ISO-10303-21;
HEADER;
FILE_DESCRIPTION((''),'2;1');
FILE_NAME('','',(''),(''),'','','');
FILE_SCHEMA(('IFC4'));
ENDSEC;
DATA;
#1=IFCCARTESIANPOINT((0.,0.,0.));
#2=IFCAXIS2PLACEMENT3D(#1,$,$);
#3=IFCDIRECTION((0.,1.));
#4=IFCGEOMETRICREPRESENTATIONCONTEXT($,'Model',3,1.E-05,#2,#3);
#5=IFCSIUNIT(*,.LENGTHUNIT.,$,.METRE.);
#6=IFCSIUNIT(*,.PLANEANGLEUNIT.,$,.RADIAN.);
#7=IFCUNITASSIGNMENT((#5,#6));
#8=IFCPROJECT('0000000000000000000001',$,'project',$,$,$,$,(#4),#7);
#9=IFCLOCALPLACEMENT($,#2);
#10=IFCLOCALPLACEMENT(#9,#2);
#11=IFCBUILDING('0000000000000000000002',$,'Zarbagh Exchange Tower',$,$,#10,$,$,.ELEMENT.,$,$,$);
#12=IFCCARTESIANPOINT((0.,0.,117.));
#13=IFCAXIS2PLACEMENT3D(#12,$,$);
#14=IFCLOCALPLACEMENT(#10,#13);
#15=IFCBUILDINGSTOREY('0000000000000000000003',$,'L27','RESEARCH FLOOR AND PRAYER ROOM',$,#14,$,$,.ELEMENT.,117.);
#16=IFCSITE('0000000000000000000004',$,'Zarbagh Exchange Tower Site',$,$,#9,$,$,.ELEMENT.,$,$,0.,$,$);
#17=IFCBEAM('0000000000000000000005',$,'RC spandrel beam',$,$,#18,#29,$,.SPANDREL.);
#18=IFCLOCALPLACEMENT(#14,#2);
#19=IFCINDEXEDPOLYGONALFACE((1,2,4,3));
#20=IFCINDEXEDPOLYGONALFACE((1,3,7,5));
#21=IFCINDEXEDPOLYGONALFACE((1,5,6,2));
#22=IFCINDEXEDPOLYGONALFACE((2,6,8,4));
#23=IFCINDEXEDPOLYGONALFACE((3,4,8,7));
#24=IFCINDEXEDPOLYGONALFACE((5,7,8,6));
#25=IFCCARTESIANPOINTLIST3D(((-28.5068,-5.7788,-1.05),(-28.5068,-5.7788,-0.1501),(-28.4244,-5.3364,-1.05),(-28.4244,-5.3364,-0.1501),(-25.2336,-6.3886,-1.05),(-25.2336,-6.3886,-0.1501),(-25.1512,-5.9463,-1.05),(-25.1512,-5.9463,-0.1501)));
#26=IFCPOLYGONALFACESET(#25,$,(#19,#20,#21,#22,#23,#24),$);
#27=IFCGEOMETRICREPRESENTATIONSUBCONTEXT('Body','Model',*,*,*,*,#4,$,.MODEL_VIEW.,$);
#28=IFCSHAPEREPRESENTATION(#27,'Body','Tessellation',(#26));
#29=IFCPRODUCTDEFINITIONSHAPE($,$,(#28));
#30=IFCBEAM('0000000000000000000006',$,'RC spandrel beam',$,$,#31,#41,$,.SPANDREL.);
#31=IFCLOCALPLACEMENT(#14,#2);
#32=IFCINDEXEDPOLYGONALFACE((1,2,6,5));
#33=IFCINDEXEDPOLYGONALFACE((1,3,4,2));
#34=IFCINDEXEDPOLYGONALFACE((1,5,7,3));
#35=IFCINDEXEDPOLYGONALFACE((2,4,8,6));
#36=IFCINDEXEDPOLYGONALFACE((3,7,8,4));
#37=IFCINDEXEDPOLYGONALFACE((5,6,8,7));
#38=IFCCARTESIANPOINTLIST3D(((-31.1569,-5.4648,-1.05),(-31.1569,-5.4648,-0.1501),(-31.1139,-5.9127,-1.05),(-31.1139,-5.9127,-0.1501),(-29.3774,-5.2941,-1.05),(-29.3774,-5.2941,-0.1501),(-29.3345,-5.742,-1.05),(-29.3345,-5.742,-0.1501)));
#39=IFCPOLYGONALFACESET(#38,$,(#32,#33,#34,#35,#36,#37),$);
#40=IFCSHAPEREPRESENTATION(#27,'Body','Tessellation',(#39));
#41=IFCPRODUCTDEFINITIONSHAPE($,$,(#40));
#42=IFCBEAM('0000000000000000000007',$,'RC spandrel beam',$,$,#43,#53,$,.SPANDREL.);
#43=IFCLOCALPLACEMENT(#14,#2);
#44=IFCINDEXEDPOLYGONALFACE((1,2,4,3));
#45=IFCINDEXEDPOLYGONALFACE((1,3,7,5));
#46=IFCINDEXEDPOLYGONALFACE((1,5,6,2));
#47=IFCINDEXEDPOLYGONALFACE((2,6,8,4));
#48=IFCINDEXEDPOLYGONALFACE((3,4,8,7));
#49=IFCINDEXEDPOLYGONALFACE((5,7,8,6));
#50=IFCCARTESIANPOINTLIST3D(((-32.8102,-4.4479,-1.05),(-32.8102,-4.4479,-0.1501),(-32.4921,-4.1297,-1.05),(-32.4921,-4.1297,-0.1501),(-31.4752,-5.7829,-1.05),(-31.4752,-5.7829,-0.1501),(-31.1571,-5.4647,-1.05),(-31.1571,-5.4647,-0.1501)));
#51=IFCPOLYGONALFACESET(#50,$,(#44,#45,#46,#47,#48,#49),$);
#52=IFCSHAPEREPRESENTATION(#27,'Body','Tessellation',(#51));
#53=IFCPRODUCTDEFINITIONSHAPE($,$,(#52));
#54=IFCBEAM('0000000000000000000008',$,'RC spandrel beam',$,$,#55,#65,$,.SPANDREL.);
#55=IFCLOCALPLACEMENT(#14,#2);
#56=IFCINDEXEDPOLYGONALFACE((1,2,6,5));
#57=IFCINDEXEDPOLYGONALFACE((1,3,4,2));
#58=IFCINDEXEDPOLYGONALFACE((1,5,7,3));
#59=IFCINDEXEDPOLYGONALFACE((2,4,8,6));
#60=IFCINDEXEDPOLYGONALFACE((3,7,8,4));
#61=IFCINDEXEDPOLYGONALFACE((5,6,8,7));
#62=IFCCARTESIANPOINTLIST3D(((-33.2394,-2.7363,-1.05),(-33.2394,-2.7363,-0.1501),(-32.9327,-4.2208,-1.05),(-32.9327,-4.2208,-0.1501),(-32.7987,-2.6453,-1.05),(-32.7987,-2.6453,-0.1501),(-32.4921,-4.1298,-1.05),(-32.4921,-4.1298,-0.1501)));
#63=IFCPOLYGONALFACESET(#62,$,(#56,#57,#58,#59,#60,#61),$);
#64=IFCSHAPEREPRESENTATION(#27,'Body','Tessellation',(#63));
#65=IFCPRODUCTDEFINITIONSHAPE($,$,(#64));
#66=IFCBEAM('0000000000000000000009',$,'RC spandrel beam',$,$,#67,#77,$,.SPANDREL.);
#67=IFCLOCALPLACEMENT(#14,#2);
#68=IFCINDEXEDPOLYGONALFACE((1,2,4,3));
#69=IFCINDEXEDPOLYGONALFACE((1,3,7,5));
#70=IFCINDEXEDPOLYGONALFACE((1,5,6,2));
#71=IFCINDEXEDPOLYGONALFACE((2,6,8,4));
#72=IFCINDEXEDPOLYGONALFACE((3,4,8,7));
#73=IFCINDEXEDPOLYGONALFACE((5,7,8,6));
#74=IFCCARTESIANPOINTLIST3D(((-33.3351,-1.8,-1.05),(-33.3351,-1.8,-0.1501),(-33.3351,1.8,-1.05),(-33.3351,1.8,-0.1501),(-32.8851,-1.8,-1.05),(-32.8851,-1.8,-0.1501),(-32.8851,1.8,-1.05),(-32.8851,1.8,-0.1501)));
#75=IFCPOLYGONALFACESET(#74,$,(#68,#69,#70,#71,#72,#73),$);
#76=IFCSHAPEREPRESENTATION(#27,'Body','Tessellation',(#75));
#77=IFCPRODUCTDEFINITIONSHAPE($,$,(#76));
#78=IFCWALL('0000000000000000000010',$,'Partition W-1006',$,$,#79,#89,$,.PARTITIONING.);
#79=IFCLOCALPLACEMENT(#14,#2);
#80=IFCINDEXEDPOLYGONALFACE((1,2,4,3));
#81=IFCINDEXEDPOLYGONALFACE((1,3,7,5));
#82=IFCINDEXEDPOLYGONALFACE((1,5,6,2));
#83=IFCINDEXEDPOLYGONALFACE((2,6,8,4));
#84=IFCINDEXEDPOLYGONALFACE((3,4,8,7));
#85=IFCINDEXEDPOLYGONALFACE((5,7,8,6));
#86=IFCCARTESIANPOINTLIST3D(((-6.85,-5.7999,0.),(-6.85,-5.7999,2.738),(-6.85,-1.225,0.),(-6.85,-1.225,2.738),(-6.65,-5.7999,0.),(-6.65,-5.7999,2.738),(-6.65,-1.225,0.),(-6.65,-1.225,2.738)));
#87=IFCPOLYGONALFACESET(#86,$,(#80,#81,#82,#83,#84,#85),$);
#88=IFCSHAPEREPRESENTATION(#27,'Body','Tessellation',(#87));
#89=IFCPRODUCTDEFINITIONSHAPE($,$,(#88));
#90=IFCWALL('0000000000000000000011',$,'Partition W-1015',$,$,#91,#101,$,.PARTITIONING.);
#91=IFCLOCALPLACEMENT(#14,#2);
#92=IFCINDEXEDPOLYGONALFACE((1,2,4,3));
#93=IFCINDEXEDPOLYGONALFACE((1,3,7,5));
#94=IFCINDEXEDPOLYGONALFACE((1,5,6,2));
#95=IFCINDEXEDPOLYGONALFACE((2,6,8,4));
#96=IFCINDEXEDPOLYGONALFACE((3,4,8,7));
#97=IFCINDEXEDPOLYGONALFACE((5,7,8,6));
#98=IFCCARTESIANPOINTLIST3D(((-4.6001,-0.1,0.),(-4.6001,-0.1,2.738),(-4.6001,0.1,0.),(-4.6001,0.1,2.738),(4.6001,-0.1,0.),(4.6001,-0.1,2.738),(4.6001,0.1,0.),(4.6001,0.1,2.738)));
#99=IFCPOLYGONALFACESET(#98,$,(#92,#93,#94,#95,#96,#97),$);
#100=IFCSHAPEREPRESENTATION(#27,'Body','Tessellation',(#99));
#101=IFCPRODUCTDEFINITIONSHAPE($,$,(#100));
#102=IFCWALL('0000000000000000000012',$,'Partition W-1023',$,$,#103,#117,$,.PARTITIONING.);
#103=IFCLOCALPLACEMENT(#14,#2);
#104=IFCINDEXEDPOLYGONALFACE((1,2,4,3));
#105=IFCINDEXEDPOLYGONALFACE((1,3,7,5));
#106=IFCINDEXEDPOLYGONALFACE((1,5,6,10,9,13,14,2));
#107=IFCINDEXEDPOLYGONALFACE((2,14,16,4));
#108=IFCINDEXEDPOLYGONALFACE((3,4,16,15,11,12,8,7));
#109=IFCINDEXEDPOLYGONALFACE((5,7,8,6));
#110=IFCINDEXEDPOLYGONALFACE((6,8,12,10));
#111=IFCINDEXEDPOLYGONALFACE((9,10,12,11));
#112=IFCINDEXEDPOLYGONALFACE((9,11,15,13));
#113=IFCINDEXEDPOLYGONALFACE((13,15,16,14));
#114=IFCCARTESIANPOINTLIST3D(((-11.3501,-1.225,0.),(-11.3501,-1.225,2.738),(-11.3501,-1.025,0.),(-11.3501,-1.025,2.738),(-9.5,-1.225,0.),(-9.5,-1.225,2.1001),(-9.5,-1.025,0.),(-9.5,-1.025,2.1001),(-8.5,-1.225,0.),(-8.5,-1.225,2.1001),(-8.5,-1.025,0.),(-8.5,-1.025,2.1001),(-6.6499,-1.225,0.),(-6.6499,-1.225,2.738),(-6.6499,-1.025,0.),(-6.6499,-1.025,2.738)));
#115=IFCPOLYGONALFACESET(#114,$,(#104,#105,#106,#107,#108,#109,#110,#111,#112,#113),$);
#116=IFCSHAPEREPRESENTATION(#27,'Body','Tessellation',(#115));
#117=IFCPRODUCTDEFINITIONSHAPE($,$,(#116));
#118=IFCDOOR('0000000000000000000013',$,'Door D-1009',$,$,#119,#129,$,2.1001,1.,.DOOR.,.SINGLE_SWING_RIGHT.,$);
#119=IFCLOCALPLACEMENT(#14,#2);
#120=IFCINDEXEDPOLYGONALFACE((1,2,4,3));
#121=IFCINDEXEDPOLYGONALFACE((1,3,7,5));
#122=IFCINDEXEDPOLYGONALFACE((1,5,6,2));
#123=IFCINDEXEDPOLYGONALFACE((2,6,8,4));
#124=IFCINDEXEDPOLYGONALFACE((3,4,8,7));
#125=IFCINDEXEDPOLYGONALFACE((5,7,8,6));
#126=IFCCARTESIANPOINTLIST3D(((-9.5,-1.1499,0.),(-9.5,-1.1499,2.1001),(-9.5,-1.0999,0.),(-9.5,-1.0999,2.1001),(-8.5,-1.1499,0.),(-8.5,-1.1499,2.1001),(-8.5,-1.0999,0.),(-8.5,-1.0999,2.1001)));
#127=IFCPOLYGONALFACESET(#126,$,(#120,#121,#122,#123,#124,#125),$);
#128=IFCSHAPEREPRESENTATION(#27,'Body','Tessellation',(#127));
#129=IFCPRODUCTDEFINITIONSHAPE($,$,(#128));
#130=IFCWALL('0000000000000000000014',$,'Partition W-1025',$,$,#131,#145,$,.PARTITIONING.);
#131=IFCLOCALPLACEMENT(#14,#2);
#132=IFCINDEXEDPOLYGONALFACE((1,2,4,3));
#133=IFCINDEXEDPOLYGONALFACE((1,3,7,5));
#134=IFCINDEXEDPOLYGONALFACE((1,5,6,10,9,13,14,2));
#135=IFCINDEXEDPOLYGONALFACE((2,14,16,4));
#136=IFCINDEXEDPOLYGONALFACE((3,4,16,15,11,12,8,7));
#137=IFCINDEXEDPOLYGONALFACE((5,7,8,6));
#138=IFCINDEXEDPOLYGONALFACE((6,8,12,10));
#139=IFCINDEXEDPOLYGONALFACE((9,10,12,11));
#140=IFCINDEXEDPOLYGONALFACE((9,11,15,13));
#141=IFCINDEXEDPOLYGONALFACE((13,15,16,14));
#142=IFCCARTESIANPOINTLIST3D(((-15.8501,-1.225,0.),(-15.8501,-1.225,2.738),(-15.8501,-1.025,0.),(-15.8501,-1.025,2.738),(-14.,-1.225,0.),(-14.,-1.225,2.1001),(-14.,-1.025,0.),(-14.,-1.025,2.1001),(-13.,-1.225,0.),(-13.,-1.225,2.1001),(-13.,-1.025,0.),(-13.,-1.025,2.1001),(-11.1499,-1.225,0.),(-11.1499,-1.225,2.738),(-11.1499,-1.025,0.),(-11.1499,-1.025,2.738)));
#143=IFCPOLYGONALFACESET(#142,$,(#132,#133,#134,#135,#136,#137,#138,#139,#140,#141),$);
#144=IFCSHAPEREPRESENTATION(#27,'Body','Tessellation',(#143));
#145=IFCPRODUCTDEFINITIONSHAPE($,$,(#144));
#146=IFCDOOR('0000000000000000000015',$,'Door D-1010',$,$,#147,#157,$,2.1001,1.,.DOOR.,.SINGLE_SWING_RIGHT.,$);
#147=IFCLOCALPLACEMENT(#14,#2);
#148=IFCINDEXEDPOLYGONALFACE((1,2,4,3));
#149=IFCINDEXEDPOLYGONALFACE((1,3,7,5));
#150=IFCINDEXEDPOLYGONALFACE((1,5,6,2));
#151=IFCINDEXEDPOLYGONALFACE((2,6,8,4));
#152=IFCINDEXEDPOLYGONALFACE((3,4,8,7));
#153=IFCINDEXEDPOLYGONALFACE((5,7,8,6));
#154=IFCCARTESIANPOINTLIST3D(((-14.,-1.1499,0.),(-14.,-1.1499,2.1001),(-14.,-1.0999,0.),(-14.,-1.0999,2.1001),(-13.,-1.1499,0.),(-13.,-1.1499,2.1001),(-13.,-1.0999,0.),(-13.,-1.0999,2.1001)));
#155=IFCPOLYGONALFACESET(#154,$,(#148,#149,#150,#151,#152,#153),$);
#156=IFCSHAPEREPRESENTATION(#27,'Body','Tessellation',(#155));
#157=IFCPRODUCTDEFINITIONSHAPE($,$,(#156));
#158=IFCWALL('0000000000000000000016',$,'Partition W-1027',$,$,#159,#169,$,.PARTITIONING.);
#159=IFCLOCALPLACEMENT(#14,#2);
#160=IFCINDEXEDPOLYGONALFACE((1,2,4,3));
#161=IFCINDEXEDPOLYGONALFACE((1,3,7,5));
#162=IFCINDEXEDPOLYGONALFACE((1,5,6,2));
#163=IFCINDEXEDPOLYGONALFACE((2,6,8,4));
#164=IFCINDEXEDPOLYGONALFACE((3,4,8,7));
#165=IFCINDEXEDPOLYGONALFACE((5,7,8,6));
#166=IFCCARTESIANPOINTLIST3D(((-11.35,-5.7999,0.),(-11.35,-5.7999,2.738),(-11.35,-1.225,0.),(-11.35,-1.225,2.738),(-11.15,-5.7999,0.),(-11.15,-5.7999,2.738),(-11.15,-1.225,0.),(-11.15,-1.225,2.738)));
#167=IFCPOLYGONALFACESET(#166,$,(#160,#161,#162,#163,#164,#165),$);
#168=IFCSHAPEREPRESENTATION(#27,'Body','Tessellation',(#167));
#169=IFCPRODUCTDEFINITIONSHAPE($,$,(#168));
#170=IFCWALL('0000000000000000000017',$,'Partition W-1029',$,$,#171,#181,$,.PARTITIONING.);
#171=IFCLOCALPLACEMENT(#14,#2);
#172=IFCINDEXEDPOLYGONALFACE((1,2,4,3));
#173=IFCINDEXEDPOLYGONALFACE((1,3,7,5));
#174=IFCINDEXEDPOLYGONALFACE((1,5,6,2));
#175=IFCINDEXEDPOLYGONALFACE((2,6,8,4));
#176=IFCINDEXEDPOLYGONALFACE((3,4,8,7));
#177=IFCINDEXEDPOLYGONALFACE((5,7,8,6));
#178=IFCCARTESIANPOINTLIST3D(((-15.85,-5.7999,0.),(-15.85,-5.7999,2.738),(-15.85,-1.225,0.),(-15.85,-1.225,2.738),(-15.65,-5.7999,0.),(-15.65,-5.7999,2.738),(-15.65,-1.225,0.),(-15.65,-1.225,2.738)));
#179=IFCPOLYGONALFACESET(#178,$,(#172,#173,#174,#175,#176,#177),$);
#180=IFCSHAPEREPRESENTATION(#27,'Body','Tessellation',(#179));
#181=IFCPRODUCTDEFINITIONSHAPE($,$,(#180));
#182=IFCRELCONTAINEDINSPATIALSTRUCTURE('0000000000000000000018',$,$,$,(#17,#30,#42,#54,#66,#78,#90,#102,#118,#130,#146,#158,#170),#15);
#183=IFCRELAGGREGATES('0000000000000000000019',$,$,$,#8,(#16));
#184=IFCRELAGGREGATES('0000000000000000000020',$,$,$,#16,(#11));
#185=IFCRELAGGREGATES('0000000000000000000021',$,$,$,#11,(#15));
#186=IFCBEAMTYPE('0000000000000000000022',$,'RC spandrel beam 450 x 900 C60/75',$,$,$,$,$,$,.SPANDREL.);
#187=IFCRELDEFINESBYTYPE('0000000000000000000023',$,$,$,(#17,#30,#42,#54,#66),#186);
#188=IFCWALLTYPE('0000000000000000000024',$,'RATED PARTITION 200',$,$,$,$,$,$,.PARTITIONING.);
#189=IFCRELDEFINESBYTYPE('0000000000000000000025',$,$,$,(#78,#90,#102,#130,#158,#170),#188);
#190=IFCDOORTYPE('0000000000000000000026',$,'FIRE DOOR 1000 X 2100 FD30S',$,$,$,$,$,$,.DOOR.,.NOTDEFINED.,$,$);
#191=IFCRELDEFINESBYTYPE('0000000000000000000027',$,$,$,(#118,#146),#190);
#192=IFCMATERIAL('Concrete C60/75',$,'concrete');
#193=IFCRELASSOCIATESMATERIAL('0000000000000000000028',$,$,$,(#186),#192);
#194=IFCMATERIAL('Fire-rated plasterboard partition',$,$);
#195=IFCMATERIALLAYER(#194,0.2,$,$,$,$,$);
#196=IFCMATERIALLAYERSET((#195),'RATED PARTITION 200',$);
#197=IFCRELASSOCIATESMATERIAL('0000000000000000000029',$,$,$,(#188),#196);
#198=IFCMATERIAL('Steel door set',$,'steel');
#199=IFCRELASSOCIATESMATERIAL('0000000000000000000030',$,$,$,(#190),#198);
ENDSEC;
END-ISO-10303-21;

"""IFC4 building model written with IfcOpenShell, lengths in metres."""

from ifc_helpers import new_model, si_unit, direction, frame, frame_2d, origin, origin_2d, place, context, subcontext, project, spatial, rectangle, extrude, material, layer, layer_set, material_profile, profile_set, type_object, element, fill, save


model = new_model("IFC4")

# Units and contexts
model_context = context("Model", 3, precision=1e-05, world=origin(), true_north=direction((0.0, 1.0)))
body_context = subcontext(model_context, "Body", "Model", "MODEL_VIEW")
ifc_project = project(units=[si_unit("LENGTHUNIT", "METRE"), si_unit("PLANEANGLEUNIT", "RADIAN")], contexts=[model_context])

# Site, building, storey
site_placement = place(None, origin())
site = spatial("IfcSite", under=ifc_project, at=site_placement, Name="Zarbagh Exchange Tower Site", CompositionType="ELEMENT", RefElevation=0.0)
building_placement = place(site_placement, origin())
building = spatial("IfcBuilding", under=site, at=building_placement, Name="Zarbagh Exchange Tower", CompositionType="ELEMENT")
storey_placement = place(building_placement, frame((0.0, 0.0, 117.0)))
storey = spatial("IfcBuildingStorey", under=building, at=storey_placement, Name="L27", Description="RESEARCH FLOOR AND PRAYER ROOM", CompositionType="ELEMENT", Elevation=117.0)

# Shared definitions
ifc_material_1 = material(Name="Concrete C60/75", Category="concrete")

# Beams
ifc_material_profile_1 = material_profile(ifc_material_1, rectangle(XDim=0.45, YDim=0.8999, at=origin_2d()), Name="RC spandrel beam 450 x 900 C60/75")
ifc_profile_set_1 = profile_set([ifc_material_profile_1], Name="Concrete C60/75")
beam_type_1 = type_object("IfcBeamType", Name="RC spandrel beam 450 x 900 C60/75", PredefinedType="SPANDREL", material=ifc_profile_set_1)
beam_1_placement = place(storey_placement, frame((-25.1924, -6.1675, -0.6001), z_axis=(-0.983082, 0.183168, 0.0), x_axis=(-0.183168, -0.983082, 0.0)))
element("IfcBeam", 1, at=beam_1_placement, inside=storey, type_object=beam_type_1, Name="RC spandrel beam", PredefinedType="SPANDREL", context=body_context, shape_type="SweptSolid", body=[
    extrude(rectangle(XDim=0.45, YDim=0.8999, at=origin_2d()), origin(), (0.0, 0.0, 1.0), 3.3296),
])
beam_2_placement = place(storey_placement, frame((-29.356, -5.5181, -0.6001), z_axis=(-0.995433, -0.09546, 0.0), x_axis=(0.09546, -0.995433, 0.0)))
element("IfcBeam", 2, at=beam_2_placement, inside=storey, type_object=beam_type_1, Name="RC spandrel beam", PredefinedType="SPANDREL", context=body_context, shape_type="SweptSolid", body=[
    extrude(rectangle(XDim=0.45, YDim=0.8999, at=origin_2d()), origin(), (0.0, 0.0, 1.0), 1.7876),
])
beam_3_placement = place(storey_placement, frame((-31.3162, -5.6238, -0.6001), z_axis=(-0.707107, 0.707107, 0.0), x_axis=(-0.707107, -0.707107, 0.0)))
element("IfcBeam", 3, at=beam_3_placement, inside=storey, type_object=beam_type_1, Name="RC spandrel beam", PredefinedType="SPANDREL", context=body_context, shape_type="SweptSolid", body=[
    extrude(rectangle(XDim=0.45, YDim=0.8999, at=origin_2d()), origin(), (0.0, 0.0, 1.0), 1.8879),
])
beam_4_placement = place(storey_placement, frame((-32.7124, -4.1753, -0.6001), z_axis=(-0.202275, 0.979329, 0.0), x_axis=(-0.979329, -0.202275, 0.0)))
element("IfcBeam", 4, at=beam_4_placement, inside=storey, type_object=beam_type_1, Name="RC spandrel beam", PredefinedType="SPANDREL", context=body_context, shape_type="SweptSolid", body=[
    extrude(rectangle(XDim=0.45, YDim=0.8999, at=origin_2d()), origin(), (0.0, 0.0, 1.0), 1.5159),
])
beam_5_placement = place(storey_placement, frame((-33.1101, -1.8, -0.6001), z_axis=(0.0, 1.0, 0.0), x_axis=(-1.0, 0.0, 0.0)))
element("IfcBeam", 5, at=beam_5_placement, inside=storey, type_object=beam_type_1, Name="RC spandrel beam", PredefinedType="SPANDREL", context=body_context, shape_type="SweptSolid", body=[
    extrude(rectangle(XDim=0.45, YDim=0.8999, at=origin_2d()), origin(), (0.0, 0.0, 1.0), 3.6001),
])

# Walls
ifc_material_2 = material(Name="Fire-rated plasterboard partition")
ifc_layer = layer(ifc_material_2, 0.2)
ifc_layer_set = layer_set([ifc_layer], Name="RATED PARTITION 200")
wall_type = type_object("IfcWallType", Name="RATED PARTITION 200", PredefinedType="PARTITIONING", material=ifc_layer_set)
wall_1_placement = place(storey_placement, frame((-6.75, -5.8, 0.0), z_axis=(0.0, 0.0, 1.0), x_axis=(0.0, 1.0, 0.0)))
element("IfcWall", 6, at=wall_1_placement, inside=storey, type_object=wall_type, Name="Partition W-1006", PredefinedType="PARTITIONING", context=body_context, shape_type="SweptSolid", body=[
    extrude(rectangle(XDim=4.575, YDim=0.2, at=frame_2d((2.2876, 0.0))), origin(), (0.0, 0.0, 1.0), 2.738),
])
wall_2_placement = place(storey_placement, frame((-4.6001, 0.0, 0.0), z_axis=(0.0, 0.0, 1.0), x_axis=(1.0, 0.0, 0.0)))
element("IfcWall", 7, at=wall_2_placement, inside=storey, type_object=wall_type, Name="Partition W-1015", PredefinedType="PARTITIONING", context=body_context, shape_type="SweptSolid", body=[
    extrude(rectangle(XDim=9.2002, YDim=0.2, at=frame_2d((4.6001, 0.0))), origin(), (0.0, 0.0, 1.0), 2.738),
])

# Walls, openings, doors
wall_3_placement = place(storey_placement, frame((-6.6499, -1.125, 0.0), z_axis=(0.0, 0.0, 1.0), x_axis=(-1.0, 0.0, 0.0)))
wall_3 = element("IfcWall", 8, at=wall_3_placement, inside=storey, type_object=wall_type, Name="Partition W-1023", PredefinedType="PARTITIONING", context=body_context, shape_type="SweptSolid", body=[
    extrude(rectangle(XDim=4.7002, YDim=0.2, at=frame_2d((2.3501, 0.0))), origin(), (0.0, 0.0, 1.0), 2.738),
])
opening_1_placement = place(wall_3_placement, frame((1.8501, 0.0, 0.0)))
opening_1 = element("IfcOpeningElement", 9, at=opening_1_placement, cuts=wall_3, PredefinedType="OPENING", context=body_context, shape_type="SweptSolid", body=[
    extrude(rectangle(XDim=1.0, YDim=2.1001, at=frame_2d((0.5, 1.05))), frame((0.0, 0.1099, 0.0), z_axis=(0.0, -1.0, 0.0), x_axis=(1.0, 0.0, 0.0)), (0.0, 0.0, 1.0), 0.22),
])
ifc_material_3 = material(Name="Steel door set", Category="steel")
door_type = type_object("IfcDoorType", Name="FIRE DOOR 1000 X 2100 FD30S", OperationType="NOTDEFINED", PredefinedType="DOOR", material=ifc_material_3)
door_1_placement = place(opening_1_placement, origin())
door_1 = element("IfcDoor", 10, at=door_1_placement, inside=storey, type_object=door_type, Name="Door D-1009", OperationType="SINGLE_SWING_RIGHT", OverallHeight=2.1001, OverallWidth=1.0, PredefinedType="DOOR", context=body_context, shape_type="SweptSolid", body=[
    extrude(rectangle(XDim=1.0, YDim=2.1001, at=frame_2d((0.5, 1.05))), frame((0.0, 0.0249, 0.0), z_axis=(0.0, -1.0, 0.0), x_axis=(1.0, 0.0, 0.0)), (0.0, 0.0, 1.0), 0.05),
])
fill(opening_1, door_1)
wall_4_placement = place(storey_placement, frame((-11.1499, -1.125, 0.0), z_axis=(0.0, 0.0, 1.0), x_axis=(-1.0, 0.0, 0.0)))
wall_4 = element("IfcWall", 11, at=wall_4_placement, inside=storey, type_object=wall_type, Name="Partition W-1025", PredefinedType="PARTITIONING", context=body_context, shape_type="SweptSolid", body=[
    extrude(rectangle(XDim=4.7002, YDim=0.2, at=frame_2d((2.3501, 0.0))), origin(), (0.0, 0.0, 1.0), 2.738),
])
opening_2_placement = place(wall_4_placement, frame((1.8501, 0.0, 0.0)))
opening_2 = element("IfcOpeningElement", 12, at=opening_2_placement, cuts=wall_4, PredefinedType="OPENING", context=body_context, shape_type="SweptSolid", body=[
    extrude(rectangle(XDim=1.0, YDim=2.1001, at=frame_2d((0.5, 1.05))), frame((0.0, 0.1099, 0.0), z_axis=(0.0, -1.0, 0.0), x_axis=(1.0, 0.0, 0.0)), (0.0, 0.0, 1.0), 0.22),
])
door_2_placement = place(opening_2_placement, origin())
door_2 = element("IfcDoor", 13, at=door_2_placement, inside=storey, type_object=door_type, Name="Door D-1010", OperationType="SINGLE_SWING_RIGHT", OverallHeight=2.1001, OverallWidth=1.0, PredefinedType="DOOR", context=body_context, shape_type="SweptSolid", body=[
    extrude(rectangle(XDim=1.0, YDim=2.1001, at=frame_2d((0.5, 1.05))), frame((0.0, 0.0249, 0.0), z_axis=(0.0, -1.0, 0.0), x_axis=(1.0, 0.0, 0.0)), (0.0, 0.0, 1.0), 0.05),
])
fill(opening_2, door_2)

# Walls
for number, where, z_axis, x_axis, name in (
    (14, (-11.25, -5.8, 0.0), (0.0, 0.0, 1.0), (0.0, 1.0, 0.0), "Partition W-1027"),
    (15, (-15.75, -5.8, 0.0), (0.0, 0.0, 1.0), (0.0, 1.0, 0.0), "Partition W-1029"),
):
    element("IfcWall", number, at=place(storey_placement, frame(where, z_axis=z_axis, x_axis=x_axis)), inside=storey, type_object=wall_type, Name=name, PredefinedType="PARTITIONING", context=body_context, shape_type="SweptSolid", body=[
        extrude(rectangle(XDim=4.575, YDim=0.2, at=frame_2d((2.2876, 0.0))), origin(), (0.0, 0.0, 1.0), 2.738),
    ])

save(model, "model.ifc")
